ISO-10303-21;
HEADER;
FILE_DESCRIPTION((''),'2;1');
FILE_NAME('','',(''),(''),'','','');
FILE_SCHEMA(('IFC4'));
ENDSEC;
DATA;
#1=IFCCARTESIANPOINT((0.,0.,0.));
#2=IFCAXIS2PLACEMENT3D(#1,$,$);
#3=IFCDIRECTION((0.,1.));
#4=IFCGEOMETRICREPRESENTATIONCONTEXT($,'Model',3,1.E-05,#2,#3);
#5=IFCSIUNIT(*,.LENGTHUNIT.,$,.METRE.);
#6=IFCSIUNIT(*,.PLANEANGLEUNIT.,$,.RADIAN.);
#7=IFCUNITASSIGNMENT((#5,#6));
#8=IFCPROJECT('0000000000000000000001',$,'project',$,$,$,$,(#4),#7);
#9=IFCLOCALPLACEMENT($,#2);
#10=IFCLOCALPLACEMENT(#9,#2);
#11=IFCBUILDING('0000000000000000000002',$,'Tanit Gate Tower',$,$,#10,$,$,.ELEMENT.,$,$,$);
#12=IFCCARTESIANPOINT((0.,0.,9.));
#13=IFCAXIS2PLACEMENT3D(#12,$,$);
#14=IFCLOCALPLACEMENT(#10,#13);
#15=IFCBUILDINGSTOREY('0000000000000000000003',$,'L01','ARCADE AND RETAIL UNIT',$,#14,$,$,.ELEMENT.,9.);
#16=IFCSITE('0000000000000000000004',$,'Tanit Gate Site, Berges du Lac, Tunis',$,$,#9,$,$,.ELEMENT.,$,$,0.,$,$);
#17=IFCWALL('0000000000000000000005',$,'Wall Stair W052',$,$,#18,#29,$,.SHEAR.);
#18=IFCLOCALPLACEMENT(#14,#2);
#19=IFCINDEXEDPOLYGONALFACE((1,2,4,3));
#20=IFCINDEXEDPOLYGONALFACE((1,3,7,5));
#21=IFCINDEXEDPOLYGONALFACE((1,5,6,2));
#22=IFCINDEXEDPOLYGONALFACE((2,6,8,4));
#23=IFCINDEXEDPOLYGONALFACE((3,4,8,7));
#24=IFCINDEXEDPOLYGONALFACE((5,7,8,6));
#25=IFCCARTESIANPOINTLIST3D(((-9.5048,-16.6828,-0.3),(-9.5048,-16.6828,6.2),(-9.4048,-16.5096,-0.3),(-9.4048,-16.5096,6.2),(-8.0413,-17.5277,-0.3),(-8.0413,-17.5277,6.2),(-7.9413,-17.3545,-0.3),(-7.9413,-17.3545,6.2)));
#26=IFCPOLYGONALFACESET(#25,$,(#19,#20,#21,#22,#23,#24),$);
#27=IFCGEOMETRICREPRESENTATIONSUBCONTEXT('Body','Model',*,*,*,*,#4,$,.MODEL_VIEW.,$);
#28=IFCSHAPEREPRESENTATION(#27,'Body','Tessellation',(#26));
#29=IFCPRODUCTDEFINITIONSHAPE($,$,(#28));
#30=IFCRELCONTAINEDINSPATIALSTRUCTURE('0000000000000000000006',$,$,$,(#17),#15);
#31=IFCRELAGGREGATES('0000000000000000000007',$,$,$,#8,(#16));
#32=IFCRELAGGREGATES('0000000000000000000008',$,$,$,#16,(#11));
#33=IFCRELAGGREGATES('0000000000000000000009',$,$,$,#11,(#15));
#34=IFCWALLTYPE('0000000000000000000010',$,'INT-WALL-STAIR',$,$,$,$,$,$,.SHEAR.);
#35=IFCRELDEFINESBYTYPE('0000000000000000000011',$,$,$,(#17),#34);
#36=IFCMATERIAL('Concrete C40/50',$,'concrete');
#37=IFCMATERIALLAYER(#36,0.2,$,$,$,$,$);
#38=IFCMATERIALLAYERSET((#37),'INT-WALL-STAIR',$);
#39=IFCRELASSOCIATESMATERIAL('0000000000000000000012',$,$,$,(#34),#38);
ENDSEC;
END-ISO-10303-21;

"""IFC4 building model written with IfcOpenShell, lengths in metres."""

from ifc_helpers import new_model, si_unit, direction, frame, frame_2d, origin, place, context, subcontext, project, spatial, rectangle, extrude, material, layer, layer_set, type_object, element, save


model = new_model("IFC4")

# Units and contexts
model_context = context("Model", 3, precision=1e-05, world=origin(), true_north=direction((0.0, 1.0)))
body_context = subcontext(model_context, "Body", "Model", "MODEL_VIEW")
ifc_project = project(units=[si_unit("LENGTHUNIT", "METRE"), si_unit("PLANEANGLEUNIT", "RADIAN")], contexts=[model_context])

# Site, building, storey
site_placement = place(None, origin())
site = spatial("IfcSite", under=ifc_project, at=site_placement, Name="Tanit Gate Site, Berges du Lac, Tunis", CompositionType="ELEMENT", RefElevation=0.0)
building_placement = place(site_placement, origin())
building = spatial("IfcBuilding", under=site, at=building_placement, Name="Tanit Gate Tower", CompositionType="ELEMENT")
storey_placement = place(building_placement, frame((0.0, 0.0, 9.0)))
storey = spatial("IfcBuildingStorey", under=building, at=storey_placement, Name="L01", Description="ARCADE AND RETAIL UNIT", CompositionType="ELEMENT", Elevation=9.0)

# Wall
ifc_material_1 = material(Name="Concrete C40/50", Category="concrete")
ifc_layer_1 = layer(ifc_material_1, 0.2)
ifc_layer_set_1 = layer_set([ifc_layer_1], Name="INT-WALL-STAIR")
wall_type_1 = type_object("IfcWallType", Name="INT-WALL-STAIR", PredefinedType="SHEAR", material=ifc_layer_set_1)
wall_1_placement = place(storey_placement, frame((-9.4548, -16.5962, -0.3), z_axis=(0.0, 0.0, 1.0), x_axis=(0.866039, -0.499977, 0.0)))
element("IfcWall", 1, at=wall_1_placement, inside=storey, type_object=wall_type_1, Name="Wall Stair W052", PredefinedType="SHEAR", context=body_context, shape_type="SweptSolid", body=[
    extrude(rectangle(XDim=1.6899, YDim=0.2, at=frame_2d((0.845, 0.0))), origin(), (0.0, 0.0, 1.0), 6.5),
])

save(model, "model.ifc")
